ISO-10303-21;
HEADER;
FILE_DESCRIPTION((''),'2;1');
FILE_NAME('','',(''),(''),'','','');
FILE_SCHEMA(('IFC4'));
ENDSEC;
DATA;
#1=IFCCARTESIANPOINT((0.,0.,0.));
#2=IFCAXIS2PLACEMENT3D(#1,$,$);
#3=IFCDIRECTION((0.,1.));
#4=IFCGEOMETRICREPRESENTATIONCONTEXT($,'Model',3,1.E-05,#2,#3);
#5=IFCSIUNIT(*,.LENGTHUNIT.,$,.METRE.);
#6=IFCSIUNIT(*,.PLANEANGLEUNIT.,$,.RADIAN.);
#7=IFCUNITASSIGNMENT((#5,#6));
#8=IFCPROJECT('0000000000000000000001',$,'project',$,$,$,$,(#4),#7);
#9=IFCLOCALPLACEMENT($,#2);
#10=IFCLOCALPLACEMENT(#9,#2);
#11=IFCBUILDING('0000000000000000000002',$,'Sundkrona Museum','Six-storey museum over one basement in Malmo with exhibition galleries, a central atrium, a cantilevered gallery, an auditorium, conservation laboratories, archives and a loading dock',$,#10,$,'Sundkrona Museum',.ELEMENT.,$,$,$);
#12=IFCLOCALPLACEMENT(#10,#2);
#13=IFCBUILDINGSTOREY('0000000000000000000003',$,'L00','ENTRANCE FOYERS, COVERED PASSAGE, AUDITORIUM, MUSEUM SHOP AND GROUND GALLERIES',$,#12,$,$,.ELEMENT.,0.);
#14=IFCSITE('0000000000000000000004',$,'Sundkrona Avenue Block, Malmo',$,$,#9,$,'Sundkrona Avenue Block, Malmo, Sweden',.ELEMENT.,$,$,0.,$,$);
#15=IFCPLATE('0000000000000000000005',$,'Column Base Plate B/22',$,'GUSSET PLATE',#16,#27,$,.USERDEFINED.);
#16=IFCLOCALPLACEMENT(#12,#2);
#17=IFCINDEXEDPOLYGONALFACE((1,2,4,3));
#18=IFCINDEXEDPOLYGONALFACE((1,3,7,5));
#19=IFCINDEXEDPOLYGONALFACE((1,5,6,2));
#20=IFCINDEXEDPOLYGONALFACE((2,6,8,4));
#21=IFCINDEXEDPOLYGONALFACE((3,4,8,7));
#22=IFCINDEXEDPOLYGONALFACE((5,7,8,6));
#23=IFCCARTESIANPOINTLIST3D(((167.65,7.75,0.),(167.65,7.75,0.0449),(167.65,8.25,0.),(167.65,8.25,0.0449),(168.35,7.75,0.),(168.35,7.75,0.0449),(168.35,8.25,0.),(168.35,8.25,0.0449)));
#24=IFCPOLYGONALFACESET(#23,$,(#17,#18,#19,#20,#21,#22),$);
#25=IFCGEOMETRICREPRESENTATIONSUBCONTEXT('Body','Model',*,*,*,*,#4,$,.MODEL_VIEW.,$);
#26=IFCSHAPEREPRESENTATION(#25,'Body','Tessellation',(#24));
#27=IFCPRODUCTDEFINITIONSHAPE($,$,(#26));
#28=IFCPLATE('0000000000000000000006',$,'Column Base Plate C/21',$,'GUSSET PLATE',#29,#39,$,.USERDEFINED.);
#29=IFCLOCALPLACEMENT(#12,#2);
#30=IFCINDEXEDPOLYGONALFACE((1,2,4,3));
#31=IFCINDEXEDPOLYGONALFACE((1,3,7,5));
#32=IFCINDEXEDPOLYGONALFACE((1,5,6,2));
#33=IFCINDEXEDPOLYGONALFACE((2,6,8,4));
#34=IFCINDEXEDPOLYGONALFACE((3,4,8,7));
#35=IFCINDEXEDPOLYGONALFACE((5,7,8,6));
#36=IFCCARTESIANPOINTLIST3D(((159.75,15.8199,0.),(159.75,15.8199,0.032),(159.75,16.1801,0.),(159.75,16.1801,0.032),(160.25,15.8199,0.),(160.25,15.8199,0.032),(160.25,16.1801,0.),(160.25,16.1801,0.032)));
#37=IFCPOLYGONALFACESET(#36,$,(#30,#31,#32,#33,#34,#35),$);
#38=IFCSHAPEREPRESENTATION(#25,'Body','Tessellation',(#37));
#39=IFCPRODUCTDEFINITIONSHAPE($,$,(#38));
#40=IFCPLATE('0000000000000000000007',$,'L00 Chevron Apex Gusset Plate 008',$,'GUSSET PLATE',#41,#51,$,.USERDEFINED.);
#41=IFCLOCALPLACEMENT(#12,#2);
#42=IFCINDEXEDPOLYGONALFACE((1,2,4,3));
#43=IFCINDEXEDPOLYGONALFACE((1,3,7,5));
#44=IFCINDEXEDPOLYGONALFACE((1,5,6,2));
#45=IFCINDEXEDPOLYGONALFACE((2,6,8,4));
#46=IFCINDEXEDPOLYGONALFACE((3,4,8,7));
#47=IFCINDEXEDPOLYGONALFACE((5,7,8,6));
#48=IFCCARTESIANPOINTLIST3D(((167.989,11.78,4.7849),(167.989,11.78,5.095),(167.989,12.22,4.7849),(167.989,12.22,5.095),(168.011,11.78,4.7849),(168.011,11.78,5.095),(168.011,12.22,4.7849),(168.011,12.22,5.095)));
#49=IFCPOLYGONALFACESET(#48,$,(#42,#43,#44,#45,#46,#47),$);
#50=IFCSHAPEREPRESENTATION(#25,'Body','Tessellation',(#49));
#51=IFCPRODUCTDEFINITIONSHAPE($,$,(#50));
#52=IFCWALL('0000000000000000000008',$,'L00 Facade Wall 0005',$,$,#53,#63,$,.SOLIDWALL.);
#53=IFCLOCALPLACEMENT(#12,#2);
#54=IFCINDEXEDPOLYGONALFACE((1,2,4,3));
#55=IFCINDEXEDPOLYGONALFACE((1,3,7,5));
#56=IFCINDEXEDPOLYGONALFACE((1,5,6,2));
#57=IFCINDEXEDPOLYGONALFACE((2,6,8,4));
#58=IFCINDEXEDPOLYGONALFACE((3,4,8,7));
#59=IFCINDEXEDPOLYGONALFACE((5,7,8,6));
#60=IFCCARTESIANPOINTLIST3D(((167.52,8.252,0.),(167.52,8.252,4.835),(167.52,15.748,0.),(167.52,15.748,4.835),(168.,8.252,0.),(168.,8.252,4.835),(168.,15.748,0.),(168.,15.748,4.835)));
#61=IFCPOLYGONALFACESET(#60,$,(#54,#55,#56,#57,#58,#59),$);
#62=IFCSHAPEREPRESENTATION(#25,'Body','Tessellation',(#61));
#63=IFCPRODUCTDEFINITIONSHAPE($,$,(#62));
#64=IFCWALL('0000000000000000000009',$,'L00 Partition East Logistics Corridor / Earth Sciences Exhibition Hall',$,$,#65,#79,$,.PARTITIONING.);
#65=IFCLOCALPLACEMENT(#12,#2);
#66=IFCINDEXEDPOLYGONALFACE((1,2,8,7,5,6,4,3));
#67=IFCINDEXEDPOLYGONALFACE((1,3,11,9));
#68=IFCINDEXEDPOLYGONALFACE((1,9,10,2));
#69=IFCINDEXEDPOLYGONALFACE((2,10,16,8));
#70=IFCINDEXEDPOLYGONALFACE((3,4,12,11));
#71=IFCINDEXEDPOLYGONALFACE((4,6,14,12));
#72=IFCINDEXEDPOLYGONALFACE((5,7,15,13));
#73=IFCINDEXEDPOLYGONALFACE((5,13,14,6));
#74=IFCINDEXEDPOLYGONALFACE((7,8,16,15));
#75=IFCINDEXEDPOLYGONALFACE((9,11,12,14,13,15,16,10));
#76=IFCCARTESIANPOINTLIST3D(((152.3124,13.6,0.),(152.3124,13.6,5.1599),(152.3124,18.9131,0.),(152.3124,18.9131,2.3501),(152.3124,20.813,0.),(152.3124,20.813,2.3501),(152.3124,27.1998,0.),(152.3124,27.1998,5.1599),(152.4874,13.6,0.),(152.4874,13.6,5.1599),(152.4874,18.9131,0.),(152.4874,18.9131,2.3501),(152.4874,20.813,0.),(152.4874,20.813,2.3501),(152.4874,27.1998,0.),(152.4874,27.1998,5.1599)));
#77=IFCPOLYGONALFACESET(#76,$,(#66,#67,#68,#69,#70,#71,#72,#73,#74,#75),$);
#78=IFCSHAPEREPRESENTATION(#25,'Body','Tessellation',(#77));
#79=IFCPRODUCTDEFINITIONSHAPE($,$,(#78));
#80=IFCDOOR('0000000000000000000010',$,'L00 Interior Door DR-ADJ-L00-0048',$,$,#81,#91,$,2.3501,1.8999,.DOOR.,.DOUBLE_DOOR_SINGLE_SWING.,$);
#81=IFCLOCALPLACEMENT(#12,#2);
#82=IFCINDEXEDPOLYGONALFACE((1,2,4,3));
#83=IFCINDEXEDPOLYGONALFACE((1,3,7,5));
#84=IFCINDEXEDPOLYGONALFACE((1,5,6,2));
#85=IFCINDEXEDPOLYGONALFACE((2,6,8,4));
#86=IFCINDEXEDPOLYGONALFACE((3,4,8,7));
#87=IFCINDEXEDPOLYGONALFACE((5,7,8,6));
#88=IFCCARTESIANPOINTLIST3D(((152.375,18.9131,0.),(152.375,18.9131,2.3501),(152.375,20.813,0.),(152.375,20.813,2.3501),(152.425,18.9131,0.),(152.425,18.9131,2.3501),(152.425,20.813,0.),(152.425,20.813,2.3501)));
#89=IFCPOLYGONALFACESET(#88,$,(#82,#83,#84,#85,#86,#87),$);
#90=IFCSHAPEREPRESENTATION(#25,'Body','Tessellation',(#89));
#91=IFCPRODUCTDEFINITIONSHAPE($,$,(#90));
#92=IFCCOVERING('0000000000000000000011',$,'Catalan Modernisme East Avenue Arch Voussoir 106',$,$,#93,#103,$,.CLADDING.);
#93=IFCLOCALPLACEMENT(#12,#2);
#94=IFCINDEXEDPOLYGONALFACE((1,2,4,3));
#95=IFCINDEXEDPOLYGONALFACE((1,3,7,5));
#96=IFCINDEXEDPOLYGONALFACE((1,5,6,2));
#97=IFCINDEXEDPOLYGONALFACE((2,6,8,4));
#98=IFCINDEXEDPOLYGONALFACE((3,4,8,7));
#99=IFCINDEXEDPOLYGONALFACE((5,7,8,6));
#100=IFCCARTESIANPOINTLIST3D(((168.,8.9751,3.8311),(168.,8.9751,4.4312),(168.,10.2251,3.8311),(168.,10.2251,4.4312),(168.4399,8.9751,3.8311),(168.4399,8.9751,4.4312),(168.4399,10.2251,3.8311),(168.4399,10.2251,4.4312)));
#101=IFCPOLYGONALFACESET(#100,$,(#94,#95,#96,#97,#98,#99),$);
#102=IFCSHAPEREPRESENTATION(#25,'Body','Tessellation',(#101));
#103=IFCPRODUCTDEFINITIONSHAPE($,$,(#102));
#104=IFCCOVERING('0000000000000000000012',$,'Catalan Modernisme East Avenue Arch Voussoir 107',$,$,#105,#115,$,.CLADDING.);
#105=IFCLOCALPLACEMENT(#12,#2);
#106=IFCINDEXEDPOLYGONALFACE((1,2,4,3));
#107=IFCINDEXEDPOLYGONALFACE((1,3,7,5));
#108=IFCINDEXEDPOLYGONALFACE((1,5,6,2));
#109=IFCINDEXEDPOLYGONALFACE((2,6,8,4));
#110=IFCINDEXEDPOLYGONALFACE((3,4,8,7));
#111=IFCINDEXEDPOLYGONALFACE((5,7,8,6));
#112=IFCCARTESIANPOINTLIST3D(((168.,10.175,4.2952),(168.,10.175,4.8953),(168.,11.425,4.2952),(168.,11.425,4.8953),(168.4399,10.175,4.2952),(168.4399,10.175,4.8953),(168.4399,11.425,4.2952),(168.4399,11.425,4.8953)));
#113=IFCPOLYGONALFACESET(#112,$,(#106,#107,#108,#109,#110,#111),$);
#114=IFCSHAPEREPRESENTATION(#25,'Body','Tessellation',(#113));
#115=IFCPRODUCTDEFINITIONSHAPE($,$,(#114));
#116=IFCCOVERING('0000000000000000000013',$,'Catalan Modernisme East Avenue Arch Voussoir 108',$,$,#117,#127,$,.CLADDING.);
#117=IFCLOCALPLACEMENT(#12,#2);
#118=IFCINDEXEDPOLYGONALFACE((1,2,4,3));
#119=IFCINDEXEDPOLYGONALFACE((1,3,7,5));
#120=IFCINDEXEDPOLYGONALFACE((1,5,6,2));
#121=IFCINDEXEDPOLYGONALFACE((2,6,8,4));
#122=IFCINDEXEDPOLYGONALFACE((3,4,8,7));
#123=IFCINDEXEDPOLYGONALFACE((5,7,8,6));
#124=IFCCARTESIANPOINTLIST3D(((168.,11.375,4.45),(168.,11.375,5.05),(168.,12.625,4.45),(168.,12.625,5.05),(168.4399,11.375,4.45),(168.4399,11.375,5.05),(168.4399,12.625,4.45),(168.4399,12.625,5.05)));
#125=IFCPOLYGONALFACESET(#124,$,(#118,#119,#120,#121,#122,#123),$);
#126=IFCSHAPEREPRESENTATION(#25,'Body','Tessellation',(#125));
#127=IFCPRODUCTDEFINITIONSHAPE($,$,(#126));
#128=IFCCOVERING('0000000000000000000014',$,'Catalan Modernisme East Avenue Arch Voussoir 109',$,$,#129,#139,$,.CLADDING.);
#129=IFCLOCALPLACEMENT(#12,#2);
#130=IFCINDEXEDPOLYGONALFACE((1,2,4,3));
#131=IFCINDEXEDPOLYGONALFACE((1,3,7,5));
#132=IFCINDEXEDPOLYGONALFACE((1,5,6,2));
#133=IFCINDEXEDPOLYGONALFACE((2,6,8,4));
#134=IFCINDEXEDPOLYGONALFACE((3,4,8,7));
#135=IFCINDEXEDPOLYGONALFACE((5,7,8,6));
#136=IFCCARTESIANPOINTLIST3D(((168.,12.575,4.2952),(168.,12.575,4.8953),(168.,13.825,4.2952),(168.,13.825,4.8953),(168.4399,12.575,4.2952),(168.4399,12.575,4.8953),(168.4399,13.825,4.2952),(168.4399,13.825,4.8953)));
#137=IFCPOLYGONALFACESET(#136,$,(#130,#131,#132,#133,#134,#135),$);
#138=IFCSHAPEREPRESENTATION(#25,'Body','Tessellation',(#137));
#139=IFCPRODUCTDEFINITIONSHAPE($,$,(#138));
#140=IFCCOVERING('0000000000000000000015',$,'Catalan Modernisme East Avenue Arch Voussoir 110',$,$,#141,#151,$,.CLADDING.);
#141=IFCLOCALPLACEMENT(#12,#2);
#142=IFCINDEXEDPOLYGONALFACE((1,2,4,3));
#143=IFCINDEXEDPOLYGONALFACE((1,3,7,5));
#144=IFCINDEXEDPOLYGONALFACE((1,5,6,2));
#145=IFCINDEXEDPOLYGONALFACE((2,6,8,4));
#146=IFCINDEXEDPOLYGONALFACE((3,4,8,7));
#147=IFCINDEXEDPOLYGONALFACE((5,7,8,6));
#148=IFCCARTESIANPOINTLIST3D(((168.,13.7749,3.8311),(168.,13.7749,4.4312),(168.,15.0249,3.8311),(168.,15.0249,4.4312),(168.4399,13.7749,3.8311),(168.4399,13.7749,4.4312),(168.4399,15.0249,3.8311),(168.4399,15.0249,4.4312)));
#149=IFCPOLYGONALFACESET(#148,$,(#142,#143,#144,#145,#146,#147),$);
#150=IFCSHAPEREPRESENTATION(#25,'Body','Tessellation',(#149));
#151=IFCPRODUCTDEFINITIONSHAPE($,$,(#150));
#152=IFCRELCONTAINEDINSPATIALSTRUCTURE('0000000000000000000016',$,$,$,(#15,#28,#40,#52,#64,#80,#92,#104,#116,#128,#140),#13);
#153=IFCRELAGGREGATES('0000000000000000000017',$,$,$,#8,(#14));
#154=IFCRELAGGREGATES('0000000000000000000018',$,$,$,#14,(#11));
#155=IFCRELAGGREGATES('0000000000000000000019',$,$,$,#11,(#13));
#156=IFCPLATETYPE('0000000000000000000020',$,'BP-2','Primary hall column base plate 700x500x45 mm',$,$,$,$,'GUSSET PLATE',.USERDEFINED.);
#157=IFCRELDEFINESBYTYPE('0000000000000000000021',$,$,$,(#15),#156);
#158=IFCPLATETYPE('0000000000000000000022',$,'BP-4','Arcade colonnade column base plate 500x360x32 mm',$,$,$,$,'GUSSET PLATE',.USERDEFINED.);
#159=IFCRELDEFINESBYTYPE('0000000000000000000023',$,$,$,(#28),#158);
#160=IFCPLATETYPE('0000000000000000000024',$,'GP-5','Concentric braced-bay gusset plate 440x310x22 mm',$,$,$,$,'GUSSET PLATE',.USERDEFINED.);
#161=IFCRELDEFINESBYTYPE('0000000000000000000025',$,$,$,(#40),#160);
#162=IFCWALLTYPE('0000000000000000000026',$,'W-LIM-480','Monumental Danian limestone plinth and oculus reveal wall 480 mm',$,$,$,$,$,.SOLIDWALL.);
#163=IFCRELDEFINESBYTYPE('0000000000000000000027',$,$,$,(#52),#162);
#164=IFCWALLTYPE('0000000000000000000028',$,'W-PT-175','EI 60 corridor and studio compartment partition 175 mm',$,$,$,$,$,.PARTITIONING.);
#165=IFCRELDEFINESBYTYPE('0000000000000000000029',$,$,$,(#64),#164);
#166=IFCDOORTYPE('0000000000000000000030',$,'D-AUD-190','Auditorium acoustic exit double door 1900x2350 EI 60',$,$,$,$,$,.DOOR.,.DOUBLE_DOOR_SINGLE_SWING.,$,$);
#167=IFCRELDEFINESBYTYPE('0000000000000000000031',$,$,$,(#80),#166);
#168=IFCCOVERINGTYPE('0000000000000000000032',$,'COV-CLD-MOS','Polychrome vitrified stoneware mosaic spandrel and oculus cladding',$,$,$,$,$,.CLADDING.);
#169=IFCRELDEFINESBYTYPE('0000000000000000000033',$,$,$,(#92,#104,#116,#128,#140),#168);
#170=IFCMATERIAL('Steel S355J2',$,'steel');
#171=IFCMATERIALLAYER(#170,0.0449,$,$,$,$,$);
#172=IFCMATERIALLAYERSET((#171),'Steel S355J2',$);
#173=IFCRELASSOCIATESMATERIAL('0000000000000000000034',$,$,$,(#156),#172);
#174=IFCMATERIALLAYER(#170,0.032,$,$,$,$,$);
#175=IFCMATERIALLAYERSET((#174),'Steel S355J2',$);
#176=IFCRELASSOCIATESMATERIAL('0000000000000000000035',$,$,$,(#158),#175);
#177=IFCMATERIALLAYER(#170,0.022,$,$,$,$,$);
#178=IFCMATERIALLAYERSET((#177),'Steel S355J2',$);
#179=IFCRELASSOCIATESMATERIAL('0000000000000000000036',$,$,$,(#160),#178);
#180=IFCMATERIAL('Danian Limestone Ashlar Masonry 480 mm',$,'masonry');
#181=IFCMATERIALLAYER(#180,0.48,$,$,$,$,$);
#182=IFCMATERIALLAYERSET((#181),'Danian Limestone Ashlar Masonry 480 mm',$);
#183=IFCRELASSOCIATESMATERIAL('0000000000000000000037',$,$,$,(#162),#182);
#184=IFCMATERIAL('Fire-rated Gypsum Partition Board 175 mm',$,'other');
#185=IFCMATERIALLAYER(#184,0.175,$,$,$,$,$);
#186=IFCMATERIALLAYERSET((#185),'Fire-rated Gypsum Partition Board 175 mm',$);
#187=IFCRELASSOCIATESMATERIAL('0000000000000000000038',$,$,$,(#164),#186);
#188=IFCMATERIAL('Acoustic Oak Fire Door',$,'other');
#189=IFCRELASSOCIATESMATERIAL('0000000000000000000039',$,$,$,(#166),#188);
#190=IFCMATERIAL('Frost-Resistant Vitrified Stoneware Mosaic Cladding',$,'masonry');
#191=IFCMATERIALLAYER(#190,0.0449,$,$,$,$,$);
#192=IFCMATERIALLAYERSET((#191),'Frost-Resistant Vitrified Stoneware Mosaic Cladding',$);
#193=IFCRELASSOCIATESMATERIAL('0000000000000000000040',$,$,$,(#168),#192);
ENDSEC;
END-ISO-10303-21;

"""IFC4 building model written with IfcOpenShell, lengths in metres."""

from ifc_helpers import new_model, si_unit, direction, frame, frame_2d, origin, origin_2d, place, context, subcontext, project, spatial, rectangle, extrude, material, layer, layer_set, type_object, element, fill, save


model = new_model("IFC4")

# Units and contexts
model_context = context("Model", 3, precision=1e-05, world=origin(), true_north=direction((0.0, 1.0)))
body_context = subcontext(model_context, "Body", "Model", "MODEL_VIEW")
ifc_project = project(units=[si_unit("LENGTHUNIT", "METRE"), si_unit("PLANEANGLEUNIT", "RADIAN")], contexts=[model_context])

# Site, building, storey
site_placement = place(None, origin())
site = spatial("IfcSite", under=ifc_project, at=site_placement, Name="Sundkrona Avenue Block, Malmo", LongName="Sundkrona Avenue Block, Malmo, Sweden", CompositionType="ELEMENT", RefElevation=0.0)
building_placement = place(site_placement, origin())
building = spatial("IfcBuilding", under=site, at=building_placement, Name="Sundkrona Museum", Description="Six-storey museum over one basement in Malmo with exhibition galleries, a central atrium, a cantilevered gallery, an auditorium, conservation laboratories, archives and a loading dock", LongName="Sundkrona Museum", CompositionType="ELEMENT")
storey_placement = place(building_placement, origin())
storey = spatial("IfcBuildingStorey", under=building, at=storey_placement, Name="L00", Description="ENTRANCE FOYERS, COVERED PASSAGE, AUDITORIUM, MUSEUM SHOP AND GROUND GALLERIES", CompositionType="ELEMENT", Elevation=0.0)

# Shared definitions
ifc_material_1 = material(Name="Steel S355J2", Category="steel")

# Plates
ifc_layer_1 = layer(ifc_material_1, 0.0449)
ifc_layer_set_1 = layer_set([ifc_layer_1], Name="Steel S355J2")
plate_type_1 = type_object("IfcPlateType", Name="BP-2", Description="Primary hall column base plate 700x500x45 mm", ElementType="GUSSET PLATE", PredefinedType="USERDEFINED", material=ifc_layer_set_1)
plate_1_placement = place(storey_placement, frame((168.0, 8.0, 0.0), z_axis=(0.0, 0.0, 1.0), x_axis=(1.0, 0.0, 0.0)))
element("IfcPlate", 1, at=plate_1_placement, inside=storey, type_object=plate_type_1, Name="Column Base Plate B/22", ObjectType="GUSSET PLATE", PredefinedType="USERDEFINED", context=body_context, shape_type="SweptSolid", body=[
    extrude(rectangle(XDim=0.7, YDim=0.5, at=origin_2d()), origin(), (0.0, 0.0, 1.0), 0.0449),
])
ifc_layer_2 = layer(ifc_material_1, 0.032)
ifc_layer_set_2 = layer_set([ifc_layer_2], Name="Steel S355J2")
plate_type_2 = type_object("IfcPlateType", Name="BP-4", Description="Arcade colonnade column base plate 500x360x32 mm", ElementType="GUSSET PLATE", PredefinedType="USERDEFINED", material=ifc_layer_set_2)
plate_2_placement = place(storey_placement, frame((160.0, 16.0, 0.0), z_axis=(0.0, 0.0, 1.0), x_axis=(1.0, 0.0, 0.0)))
element("IfcPlate", 2, at=plate_2_placement, inside=storey, type_object=plate_type_2, Name="Column Base Plate C/21", ObjectType="GUSSET PLATE", PredefinedType="USERDEFINED", context=body_context, shape_type="SweptSolid", body=[
    extrude(rectangle(XDim=0.5, YDim=0.3601, at=origin_2d()), origin(), (0.0, 0.0, 1.0), 0.032),
])
ifc_layer_3 = layer(ifc_material_1, 0.022)
ifc_layer_set_3 = layer_set([ifc_layer_3], Name="Steel S355J2")
plate_type_3 = type_object("IfcPlateType", Name="GP-5", Description="Concentric braced-bay gusset plate 440x310x22 mm", ElementType="GUSSET PLATE", PredefinedType="USERDEFINED", material=ifc_layer_set_3)
plate_3_placement = place(storey_placement, frame((168.0, 12.0, 4.7849), z_axis=(0.0, 0.0, 1.0), x_axis=(0.0, 1.0, 0.0)))
element("IfcPlate", 3, at=plate_3_placement, inside=storey, type_object=plate_type_3, Name="L00 Chevron Apex Gusset Plate 008", ObjectType="GUSSET PLATE", PredefinedType="USERDEFINED", context=body_context, shape_type="SweptSolid", body=[
    extrude(rectangle(XDim=0.4399, YDim=0.022, at=origin_2d()), origin(), (0.0, 0.0, 1.0), 0.3101),
])

# Wall
ifc_material_2 = material(Name="Danian Limestone Ashlar Masonry 480 mm", Category="masonry")
ifc_layer_4 = layer(ifc_material_2, 0.48)
ifc_layer_set_4 = layer_set([ifc_layer_4], Name="Danian Limestone Ashlar Masonry 480 mm")
wall_type_1 = type_object("IfcWallType", Name="W-LIM-480", Description="Monumental Danian limestone plinth and oculus reveal wall 480 mm", PredefinedType="SOLIDWALL", material=ifc_layer_set_4)
wall_1_placement = place(storey_placement, frame((167.76, 15.748, 0.0), z_axis=(0.0, 0.0, 1.0), x_axis=(0.0, -1.0, 0.0)))
element("IfcWall", 4, at=wall_1_placement, inside=storey, type_object=wall_type_1, Name="L00 Facade Wall 0005", PredefinedType="SOLIDWALL", context=body_context, shape_type="SweptSolid", body=[
    extrude(rectangle(XDim=7.4961, YDim=0.48, at=frame_2d((3.748, 0.0))), origin(), (0.0, 0.0, 1.0), 4.835),
])

# Wall, opening, door
ifc_material_3 = material(Name="Fire-rated Gypsum Partition Board 175 mm", Category="other")
ifc_layer_5 = layer(ifc_material_3, 0.175)
ifc_layer_set_5 = layer_set([ifc_layer_5], Name="Fire-rated Gypsum Partition Board 175 mm")
wall_type_2 = type_object("IfcWallType", Name="W-PT-175", Description="EI 60 corridor and studio compartment partition 175 mm", PredefinedType="PARTITIONING", material=ifc_layer_set_5)
wall_2_placement = place(storey_placement, frame((152.3999, 13.6001, 0.0), z_axis=(0.0, 0.0, 1.0), x_axis=(0.0, 1.0, 0.0)))
wall_2 = element("IfcWall", 5, at=wall_2_placement, inside=storey, type_object=wall_type_2, Name="L00 Partition East Logistics Corridor / Earth Sciences Exhibition Hall", PredefinedType="PARTITIONING", context=body_context, shape_type="SweptSolid", body=[
    extrude(rectangle(XDim=13.5999, YDim=0.175, at=frame_2d((6.7998, 0.0))), origin(), (0.0, 0.0, 1.0), 5.1599),
])
opening_placement = place(wall_2_placement, frame((5.313, 0.0, 0.0)))
opening = element("IfcOpeningElement", 6, at=opening_placement, cuts=wall_2, PredefinedType="OPENING", context=body_context, shape_type="SweptSolid", body=[
    extrude(rectangle(XDim=1.8999, YDim=2.3501, at=frame_2d((0.95, 1.175))), frame((0.0, 0.0974, 0.0), z_axis=(0.0, -1.0, 0.0), x_axis=(1.0, 0.0, 0.0)), (0.0, 0.0, 1.0), 0.1951),
])
ifc_material_4 = material(Name="Acoustic Oak Fire Door", Category="other")
door_type = type_object("IfcDoorType", Name="D-AUD-190", Description="Auditorium acoustic exit double door 1900x2350 EI 60", OperationType="DOUBLE_DOOR_SINGLE_SWING", PredefinedType="DOOR", material=ifc_material_4)
door_placement = place(opening_placement, origin())
door = element("IfcDoor", 7, at=door_placement, inside=storey, type_object=door_type, Name="L00 Interior Door DR-ADJ-L00-0048", OperationType="DOUBLE_DOOR_SINGLE_SWING", OverallHeight=2.3501, OverallWidth=1.8999, PredefinedType="DOOR", context=body_context, shape_type="SweptSolid", body=[
    extrude(rectangle(XDim=1.8999, YDim=2.3501, at=frame_2d((0.95, 1.175))), frame((0.0, 0.0249, 0.0), z_axis=(0.0, -1.0, 0.0), x_axis=(1.0, 0.0, 0.0)), (0.0, 0.0, 1.0), 0.05),
])
fill(opening, door)

# Coverings
ifc_material_5 = material(Name="Frost-Resistant Vitrified Stoneware Mosaic Cladding", Category="masonry")
ifc_layer_6 = layer(ifc_material_5, 0.0449)
ifc_layer_set_6 = layer_set([ifc_layer_6], Name="Frost-Resistant Vitrified Stoneware Mosaic Cladding")
covering_type = type_object("IfcCoveringType", Name="COV-CLD-MOS", Description="Polychrome vitrified stoneware mosaic spandrel and oculus cladding", PredefinedType="CLADDING", material=ifc_layer_set_6)
for number, where, z_axis, x_axis, name in (
    (8, (168.22, 9.6001, 3.8311), (0.0, 0.0, 1.0), (1.0, 0.0, 0.0), "Catalan Modernisme East Avenue Arch Voussoir 106"),
    (9, (168.22, 10.8, 4.2952), (0.0, 0.0, 1.0), (1.0, 0.0, 0.0), "Catalan Modernisme East Avenue Arch Voussoir 107"),
    (10, (168.22, 12.0, 4.45), (0.0, 0.0, 1.0), (1.0, 0.0, 0.0), "Catalan Modernisme East Avenue Arch Voussoir 108"),
    (11, (168.22, 13.2, 4.2952), (0.0, 0.0, 1.0), (1.0, 0.0, 0.0), "Catalan Modernisme East Avenue Arch Voussoir 109"),
    (12, (168.22, 14.3999, 3.8311), (0.0, 0.0, 1.0), (1.0, 0.0, 0.0), "Catalan Modernisme East Avenue Arch Voussoir 110"),
):
    element("IfcCovering", number, at=place(storey_placement, frame(where, z_axis=z_axis, x_axis=x_axis)), inside=storey, type_object=covering_type, Name=name, PredefinedType="CLADDING", context=body_context, shape_type="SweptSolid", body=[
        extrude(rectangle(XDim=0.4399, YDim=1.25, at=origin_2d()), origin(), (0.0, 0.0, 1.0), 0.6001),
    ])

save(model, "model.ifc")
